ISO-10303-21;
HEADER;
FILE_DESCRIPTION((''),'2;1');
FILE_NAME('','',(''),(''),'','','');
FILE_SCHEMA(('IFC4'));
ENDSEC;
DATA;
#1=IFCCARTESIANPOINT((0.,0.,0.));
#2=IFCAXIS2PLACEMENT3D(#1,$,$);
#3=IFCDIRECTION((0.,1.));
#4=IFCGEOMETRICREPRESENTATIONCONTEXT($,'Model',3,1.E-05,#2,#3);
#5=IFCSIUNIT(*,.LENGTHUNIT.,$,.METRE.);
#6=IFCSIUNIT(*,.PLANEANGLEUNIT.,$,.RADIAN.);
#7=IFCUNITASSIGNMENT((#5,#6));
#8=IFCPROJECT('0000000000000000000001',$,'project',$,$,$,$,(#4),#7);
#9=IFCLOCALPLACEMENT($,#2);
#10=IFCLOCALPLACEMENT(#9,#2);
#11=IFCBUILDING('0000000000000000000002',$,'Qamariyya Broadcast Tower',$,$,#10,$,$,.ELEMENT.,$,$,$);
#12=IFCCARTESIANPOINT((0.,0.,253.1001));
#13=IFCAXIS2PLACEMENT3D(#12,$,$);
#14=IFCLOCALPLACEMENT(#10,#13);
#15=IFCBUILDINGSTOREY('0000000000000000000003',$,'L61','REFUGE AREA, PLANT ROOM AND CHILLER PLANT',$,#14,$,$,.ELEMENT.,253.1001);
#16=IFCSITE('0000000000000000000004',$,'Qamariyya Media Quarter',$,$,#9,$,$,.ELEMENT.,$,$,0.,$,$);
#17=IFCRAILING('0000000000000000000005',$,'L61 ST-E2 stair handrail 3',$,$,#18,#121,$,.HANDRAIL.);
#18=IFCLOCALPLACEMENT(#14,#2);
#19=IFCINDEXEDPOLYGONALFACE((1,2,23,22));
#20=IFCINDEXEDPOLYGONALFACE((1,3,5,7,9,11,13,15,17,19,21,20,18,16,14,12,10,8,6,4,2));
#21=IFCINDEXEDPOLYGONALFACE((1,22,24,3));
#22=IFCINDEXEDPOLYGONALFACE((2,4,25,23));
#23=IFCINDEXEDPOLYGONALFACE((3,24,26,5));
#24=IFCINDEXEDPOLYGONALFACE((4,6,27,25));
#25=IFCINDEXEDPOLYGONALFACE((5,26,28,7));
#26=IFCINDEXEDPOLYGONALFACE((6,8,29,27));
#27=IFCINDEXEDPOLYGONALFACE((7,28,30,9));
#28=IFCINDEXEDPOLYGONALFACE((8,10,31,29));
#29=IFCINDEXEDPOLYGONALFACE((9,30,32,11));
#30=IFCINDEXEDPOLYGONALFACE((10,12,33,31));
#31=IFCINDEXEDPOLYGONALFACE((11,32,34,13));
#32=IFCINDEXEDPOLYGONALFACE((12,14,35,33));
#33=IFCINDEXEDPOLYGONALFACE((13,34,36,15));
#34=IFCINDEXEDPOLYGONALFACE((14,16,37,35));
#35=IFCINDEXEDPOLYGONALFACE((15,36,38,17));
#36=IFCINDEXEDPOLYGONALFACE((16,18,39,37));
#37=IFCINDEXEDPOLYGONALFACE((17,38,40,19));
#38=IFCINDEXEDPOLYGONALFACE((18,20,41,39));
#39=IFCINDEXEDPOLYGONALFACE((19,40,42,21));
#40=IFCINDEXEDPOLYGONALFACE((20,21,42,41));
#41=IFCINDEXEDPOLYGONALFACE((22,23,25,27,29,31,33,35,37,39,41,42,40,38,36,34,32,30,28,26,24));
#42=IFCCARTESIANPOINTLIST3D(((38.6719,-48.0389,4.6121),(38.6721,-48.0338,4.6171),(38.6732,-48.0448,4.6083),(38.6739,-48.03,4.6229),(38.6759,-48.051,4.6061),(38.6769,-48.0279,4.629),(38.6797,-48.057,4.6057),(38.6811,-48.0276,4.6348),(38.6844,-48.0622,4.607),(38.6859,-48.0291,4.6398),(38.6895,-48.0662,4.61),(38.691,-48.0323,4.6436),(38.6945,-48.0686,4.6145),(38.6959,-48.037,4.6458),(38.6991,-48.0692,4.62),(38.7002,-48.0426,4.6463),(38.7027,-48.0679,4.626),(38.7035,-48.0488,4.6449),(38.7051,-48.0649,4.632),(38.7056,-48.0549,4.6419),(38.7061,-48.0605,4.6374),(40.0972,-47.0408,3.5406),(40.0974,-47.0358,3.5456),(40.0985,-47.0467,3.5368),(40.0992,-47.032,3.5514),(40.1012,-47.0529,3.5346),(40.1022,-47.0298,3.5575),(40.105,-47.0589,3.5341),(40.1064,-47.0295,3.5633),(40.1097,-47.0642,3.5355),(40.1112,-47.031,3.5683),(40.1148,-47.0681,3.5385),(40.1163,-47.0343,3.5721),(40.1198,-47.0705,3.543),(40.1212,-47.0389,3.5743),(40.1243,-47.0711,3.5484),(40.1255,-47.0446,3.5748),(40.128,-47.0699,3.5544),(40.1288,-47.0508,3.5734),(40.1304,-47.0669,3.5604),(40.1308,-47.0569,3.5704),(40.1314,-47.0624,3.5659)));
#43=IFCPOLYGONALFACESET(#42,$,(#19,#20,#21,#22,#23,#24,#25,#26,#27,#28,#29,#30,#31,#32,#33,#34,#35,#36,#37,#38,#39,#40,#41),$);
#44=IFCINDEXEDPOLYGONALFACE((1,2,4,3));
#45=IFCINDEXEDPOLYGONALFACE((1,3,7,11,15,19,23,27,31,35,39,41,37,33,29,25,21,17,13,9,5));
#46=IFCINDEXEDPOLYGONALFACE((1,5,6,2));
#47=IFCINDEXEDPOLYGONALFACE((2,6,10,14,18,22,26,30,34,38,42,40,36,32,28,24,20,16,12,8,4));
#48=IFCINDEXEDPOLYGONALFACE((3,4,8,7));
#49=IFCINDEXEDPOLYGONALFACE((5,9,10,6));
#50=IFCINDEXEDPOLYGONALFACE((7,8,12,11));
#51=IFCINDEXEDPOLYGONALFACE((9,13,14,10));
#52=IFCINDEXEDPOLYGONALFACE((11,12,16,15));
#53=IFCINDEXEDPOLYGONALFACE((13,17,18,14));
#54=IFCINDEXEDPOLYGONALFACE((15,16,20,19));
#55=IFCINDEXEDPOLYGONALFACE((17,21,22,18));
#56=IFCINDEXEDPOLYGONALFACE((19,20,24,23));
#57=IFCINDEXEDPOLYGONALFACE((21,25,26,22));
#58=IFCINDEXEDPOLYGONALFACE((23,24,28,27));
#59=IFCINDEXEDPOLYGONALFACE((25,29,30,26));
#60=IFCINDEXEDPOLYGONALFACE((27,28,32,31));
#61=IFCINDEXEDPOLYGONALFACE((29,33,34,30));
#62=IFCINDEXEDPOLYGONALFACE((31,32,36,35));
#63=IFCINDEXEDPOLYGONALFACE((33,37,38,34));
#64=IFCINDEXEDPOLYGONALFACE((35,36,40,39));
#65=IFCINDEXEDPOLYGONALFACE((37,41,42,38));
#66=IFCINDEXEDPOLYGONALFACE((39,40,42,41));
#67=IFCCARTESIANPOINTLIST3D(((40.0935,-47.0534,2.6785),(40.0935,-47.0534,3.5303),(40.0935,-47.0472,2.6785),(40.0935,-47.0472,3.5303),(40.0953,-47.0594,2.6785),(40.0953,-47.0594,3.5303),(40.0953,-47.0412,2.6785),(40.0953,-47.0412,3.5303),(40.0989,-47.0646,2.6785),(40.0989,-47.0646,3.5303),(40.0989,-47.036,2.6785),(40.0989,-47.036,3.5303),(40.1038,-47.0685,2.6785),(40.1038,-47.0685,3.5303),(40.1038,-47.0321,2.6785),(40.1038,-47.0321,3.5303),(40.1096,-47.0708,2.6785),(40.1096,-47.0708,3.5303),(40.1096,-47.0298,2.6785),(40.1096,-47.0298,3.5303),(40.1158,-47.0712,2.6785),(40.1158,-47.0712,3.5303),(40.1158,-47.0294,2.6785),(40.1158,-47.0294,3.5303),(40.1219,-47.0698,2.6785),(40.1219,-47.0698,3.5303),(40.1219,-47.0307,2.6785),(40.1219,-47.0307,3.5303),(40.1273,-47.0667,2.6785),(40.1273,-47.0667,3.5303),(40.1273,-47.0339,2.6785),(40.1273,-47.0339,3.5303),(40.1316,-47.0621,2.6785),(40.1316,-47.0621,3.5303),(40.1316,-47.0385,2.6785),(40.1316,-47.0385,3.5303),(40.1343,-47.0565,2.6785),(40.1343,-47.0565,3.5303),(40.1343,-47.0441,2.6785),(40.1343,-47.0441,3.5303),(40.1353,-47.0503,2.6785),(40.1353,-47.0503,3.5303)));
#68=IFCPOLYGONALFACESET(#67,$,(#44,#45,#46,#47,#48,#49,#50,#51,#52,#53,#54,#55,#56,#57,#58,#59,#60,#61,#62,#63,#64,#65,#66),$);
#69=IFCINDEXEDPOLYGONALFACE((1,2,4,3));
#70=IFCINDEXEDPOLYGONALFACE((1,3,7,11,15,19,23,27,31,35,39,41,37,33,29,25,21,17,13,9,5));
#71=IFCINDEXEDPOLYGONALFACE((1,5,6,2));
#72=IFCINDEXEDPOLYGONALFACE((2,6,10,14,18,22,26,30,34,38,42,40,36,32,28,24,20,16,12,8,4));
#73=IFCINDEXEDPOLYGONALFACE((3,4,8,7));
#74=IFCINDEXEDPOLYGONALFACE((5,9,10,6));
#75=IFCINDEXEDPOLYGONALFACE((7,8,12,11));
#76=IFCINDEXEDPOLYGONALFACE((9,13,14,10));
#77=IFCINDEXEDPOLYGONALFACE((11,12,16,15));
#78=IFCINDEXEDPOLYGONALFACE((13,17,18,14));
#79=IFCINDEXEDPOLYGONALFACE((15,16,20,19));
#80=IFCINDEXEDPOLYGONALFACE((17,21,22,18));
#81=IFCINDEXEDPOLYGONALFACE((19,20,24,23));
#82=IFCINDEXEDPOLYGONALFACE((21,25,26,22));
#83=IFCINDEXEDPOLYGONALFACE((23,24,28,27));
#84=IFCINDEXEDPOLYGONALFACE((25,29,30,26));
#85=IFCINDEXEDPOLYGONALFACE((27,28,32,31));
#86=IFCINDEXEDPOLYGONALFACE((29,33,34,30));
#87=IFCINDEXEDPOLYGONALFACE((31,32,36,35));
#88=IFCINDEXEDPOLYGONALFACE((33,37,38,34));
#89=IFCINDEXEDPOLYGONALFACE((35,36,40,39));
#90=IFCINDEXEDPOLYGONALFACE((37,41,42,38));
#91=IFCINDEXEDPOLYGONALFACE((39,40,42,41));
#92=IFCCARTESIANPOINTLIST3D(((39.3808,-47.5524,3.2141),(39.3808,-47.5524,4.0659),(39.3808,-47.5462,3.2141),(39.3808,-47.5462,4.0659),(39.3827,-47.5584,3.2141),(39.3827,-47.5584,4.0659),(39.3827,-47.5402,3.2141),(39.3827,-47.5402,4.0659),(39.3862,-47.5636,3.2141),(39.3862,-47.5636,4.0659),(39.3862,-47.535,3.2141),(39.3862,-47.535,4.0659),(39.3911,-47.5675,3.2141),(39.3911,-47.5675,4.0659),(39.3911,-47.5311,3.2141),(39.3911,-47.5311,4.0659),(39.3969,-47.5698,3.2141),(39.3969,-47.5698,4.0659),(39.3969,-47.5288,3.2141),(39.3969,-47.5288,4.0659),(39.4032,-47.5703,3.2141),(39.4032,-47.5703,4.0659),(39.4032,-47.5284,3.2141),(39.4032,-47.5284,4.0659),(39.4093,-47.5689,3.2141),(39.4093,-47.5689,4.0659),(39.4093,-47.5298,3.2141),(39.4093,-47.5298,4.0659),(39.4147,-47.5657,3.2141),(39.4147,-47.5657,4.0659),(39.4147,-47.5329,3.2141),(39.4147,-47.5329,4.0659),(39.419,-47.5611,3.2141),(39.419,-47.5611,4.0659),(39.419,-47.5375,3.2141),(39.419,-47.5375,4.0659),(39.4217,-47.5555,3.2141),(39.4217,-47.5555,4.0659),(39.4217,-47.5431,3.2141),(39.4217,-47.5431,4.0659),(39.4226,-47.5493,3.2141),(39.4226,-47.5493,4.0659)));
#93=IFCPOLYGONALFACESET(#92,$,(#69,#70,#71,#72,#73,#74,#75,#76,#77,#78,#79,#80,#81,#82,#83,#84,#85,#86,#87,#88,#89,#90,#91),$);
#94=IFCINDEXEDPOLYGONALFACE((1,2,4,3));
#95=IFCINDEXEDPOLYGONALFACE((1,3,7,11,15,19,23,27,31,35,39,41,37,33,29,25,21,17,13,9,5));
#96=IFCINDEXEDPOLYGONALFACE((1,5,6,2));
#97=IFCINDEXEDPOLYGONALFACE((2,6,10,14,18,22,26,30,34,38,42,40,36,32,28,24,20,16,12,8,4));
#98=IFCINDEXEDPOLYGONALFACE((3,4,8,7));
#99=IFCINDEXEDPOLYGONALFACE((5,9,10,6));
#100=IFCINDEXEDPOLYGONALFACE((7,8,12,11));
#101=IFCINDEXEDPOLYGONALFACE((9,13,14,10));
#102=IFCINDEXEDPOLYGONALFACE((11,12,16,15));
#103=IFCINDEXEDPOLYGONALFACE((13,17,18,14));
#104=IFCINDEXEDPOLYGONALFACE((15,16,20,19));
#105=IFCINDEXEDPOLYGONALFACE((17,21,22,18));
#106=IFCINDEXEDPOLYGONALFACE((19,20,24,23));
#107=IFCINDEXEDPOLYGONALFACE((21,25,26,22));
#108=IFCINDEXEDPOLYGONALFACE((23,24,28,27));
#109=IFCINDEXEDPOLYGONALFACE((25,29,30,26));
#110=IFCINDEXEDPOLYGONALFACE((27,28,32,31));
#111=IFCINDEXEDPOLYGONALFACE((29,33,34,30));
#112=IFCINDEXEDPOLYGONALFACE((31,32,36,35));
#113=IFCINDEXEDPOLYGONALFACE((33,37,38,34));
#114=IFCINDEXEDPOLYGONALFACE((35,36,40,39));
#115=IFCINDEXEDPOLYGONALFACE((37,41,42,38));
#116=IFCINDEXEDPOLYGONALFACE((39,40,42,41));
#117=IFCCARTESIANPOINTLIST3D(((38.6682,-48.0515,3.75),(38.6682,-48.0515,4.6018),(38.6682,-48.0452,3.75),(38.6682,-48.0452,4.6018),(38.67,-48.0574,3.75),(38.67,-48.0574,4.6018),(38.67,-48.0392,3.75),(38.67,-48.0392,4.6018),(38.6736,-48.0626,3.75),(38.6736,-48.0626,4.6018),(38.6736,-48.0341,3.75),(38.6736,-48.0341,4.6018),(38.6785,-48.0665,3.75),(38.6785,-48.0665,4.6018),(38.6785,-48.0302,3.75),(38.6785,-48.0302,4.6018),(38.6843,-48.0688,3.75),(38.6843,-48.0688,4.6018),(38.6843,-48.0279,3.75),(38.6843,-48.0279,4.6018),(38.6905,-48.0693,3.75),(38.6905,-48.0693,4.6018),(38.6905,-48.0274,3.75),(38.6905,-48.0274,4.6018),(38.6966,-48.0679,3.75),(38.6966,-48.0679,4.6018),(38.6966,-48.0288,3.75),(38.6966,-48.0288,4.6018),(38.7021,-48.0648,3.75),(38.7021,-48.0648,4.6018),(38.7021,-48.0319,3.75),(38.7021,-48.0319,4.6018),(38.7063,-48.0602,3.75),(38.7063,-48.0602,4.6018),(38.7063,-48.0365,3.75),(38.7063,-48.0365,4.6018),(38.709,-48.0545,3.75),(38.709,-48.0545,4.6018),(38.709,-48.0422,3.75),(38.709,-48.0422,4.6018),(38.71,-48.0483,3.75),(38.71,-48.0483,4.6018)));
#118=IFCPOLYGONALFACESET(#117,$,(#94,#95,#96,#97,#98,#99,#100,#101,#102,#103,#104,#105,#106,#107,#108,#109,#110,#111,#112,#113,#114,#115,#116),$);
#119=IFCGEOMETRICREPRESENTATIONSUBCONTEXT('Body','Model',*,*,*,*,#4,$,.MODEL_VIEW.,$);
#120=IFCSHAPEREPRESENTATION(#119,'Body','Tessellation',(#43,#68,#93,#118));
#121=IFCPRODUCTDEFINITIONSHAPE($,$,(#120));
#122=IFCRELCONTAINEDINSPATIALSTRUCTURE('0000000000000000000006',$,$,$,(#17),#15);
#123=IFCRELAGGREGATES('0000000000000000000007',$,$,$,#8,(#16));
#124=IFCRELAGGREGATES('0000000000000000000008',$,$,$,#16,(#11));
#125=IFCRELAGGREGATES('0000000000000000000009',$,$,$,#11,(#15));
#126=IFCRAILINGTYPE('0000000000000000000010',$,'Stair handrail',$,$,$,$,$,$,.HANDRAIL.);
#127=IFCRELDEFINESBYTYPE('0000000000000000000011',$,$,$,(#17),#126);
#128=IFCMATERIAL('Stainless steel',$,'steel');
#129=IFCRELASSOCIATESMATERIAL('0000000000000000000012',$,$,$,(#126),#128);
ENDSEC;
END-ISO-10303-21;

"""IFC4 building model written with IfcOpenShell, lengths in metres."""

from ifc_helpers import new_model, si_unit, direction, frame, origin, origin_2d, place, context, subcontext, project, spatial, circle, extrude, material, type_object, element, save


model = new_model("IFC4")

# Units and contexts
model_context = context("Model", 3, precision=1e-05, world=origin(), true_north=direction((0.0, 1.0)))
body_context = subcontext(model_context, "Body", "Model", "MODEL_VIEW")
ifc_project = project(units=[si_unit("LENGTHUNIT", "METRE"), si_unit("PLANEANGLEUNIT", "RADIAN")], contexts=[model_context])

# Site, building, storey
site_placement = place(None, origin())
site = spatial("IfcSite", under=ifc_project, at=site_placement, Name="Qamariyya Media Quarter", CompositionType="ELEMENT", RefElevation=0.0)
building_placement = place(site_placement, origin())
building = spatial("IfcBuilding", under=site, at=building_placement, Name="Qamariyya Broadcast Tower", CompositionType="ELEMENT")
storey_placement = place(building_placement, frame((0.0, 0.0, 253.1001)))
storey = spatial("IfcBuildingStorey", under=building, at=storey_placement, Name="L61", Description="REFUGE AREA, PLANT ROOM AND CHILLER PLANT", CompositionType="ELEMENT", Elevation=253.1001)

# Railing
ifc_material_1 = material(Name="Stainless steel", Category="steel")
railing_type_1 = type_object("IfcRailingType", Name="Stair handrail", PredefinedType="HANDRAIL", material=ifc_material_1)
railing_1_placement = place(storey_placement, frame((40.1143, -47.0503, 2.6785)))
element("IfcRailing", 1, at=railing_1_placement, inside=storey, type_object=railing_type_1, Name="L61 ST-E2 stair handrail 3", PredefinedType="HANDRAIL", context=body_context, shape_type="SweptSolid", body=[
    extrude(circle(Radius=0.0239, at=origin_2d()), frame((0.0, 0.0, 0.876), z_axis=(-0.697489, -0.48841, 0.524371), x_axis=(0.573594, -0.81914, 0.0)), (0.0, 0.0, 1.0), 2.0435),
    extrude(circle(Radius=0.021, at=origin_2d()), origin(), (0.0, 0.0, 1.0), 0.8518),
    extrude(circle(Radius=0.021, at=origin_2d()), frame((-0.7126, -0.499, 0.5356)), (0.0, 0.0, 1.0), 0.8518),
    extrude(circle(Radius=0.021, at=origin_2d()), frame((-1.4253, -0.998, 1.0715)), (0.0, 0.0, 1.0), 0.8518),
])

save(model, "model.ifc")
